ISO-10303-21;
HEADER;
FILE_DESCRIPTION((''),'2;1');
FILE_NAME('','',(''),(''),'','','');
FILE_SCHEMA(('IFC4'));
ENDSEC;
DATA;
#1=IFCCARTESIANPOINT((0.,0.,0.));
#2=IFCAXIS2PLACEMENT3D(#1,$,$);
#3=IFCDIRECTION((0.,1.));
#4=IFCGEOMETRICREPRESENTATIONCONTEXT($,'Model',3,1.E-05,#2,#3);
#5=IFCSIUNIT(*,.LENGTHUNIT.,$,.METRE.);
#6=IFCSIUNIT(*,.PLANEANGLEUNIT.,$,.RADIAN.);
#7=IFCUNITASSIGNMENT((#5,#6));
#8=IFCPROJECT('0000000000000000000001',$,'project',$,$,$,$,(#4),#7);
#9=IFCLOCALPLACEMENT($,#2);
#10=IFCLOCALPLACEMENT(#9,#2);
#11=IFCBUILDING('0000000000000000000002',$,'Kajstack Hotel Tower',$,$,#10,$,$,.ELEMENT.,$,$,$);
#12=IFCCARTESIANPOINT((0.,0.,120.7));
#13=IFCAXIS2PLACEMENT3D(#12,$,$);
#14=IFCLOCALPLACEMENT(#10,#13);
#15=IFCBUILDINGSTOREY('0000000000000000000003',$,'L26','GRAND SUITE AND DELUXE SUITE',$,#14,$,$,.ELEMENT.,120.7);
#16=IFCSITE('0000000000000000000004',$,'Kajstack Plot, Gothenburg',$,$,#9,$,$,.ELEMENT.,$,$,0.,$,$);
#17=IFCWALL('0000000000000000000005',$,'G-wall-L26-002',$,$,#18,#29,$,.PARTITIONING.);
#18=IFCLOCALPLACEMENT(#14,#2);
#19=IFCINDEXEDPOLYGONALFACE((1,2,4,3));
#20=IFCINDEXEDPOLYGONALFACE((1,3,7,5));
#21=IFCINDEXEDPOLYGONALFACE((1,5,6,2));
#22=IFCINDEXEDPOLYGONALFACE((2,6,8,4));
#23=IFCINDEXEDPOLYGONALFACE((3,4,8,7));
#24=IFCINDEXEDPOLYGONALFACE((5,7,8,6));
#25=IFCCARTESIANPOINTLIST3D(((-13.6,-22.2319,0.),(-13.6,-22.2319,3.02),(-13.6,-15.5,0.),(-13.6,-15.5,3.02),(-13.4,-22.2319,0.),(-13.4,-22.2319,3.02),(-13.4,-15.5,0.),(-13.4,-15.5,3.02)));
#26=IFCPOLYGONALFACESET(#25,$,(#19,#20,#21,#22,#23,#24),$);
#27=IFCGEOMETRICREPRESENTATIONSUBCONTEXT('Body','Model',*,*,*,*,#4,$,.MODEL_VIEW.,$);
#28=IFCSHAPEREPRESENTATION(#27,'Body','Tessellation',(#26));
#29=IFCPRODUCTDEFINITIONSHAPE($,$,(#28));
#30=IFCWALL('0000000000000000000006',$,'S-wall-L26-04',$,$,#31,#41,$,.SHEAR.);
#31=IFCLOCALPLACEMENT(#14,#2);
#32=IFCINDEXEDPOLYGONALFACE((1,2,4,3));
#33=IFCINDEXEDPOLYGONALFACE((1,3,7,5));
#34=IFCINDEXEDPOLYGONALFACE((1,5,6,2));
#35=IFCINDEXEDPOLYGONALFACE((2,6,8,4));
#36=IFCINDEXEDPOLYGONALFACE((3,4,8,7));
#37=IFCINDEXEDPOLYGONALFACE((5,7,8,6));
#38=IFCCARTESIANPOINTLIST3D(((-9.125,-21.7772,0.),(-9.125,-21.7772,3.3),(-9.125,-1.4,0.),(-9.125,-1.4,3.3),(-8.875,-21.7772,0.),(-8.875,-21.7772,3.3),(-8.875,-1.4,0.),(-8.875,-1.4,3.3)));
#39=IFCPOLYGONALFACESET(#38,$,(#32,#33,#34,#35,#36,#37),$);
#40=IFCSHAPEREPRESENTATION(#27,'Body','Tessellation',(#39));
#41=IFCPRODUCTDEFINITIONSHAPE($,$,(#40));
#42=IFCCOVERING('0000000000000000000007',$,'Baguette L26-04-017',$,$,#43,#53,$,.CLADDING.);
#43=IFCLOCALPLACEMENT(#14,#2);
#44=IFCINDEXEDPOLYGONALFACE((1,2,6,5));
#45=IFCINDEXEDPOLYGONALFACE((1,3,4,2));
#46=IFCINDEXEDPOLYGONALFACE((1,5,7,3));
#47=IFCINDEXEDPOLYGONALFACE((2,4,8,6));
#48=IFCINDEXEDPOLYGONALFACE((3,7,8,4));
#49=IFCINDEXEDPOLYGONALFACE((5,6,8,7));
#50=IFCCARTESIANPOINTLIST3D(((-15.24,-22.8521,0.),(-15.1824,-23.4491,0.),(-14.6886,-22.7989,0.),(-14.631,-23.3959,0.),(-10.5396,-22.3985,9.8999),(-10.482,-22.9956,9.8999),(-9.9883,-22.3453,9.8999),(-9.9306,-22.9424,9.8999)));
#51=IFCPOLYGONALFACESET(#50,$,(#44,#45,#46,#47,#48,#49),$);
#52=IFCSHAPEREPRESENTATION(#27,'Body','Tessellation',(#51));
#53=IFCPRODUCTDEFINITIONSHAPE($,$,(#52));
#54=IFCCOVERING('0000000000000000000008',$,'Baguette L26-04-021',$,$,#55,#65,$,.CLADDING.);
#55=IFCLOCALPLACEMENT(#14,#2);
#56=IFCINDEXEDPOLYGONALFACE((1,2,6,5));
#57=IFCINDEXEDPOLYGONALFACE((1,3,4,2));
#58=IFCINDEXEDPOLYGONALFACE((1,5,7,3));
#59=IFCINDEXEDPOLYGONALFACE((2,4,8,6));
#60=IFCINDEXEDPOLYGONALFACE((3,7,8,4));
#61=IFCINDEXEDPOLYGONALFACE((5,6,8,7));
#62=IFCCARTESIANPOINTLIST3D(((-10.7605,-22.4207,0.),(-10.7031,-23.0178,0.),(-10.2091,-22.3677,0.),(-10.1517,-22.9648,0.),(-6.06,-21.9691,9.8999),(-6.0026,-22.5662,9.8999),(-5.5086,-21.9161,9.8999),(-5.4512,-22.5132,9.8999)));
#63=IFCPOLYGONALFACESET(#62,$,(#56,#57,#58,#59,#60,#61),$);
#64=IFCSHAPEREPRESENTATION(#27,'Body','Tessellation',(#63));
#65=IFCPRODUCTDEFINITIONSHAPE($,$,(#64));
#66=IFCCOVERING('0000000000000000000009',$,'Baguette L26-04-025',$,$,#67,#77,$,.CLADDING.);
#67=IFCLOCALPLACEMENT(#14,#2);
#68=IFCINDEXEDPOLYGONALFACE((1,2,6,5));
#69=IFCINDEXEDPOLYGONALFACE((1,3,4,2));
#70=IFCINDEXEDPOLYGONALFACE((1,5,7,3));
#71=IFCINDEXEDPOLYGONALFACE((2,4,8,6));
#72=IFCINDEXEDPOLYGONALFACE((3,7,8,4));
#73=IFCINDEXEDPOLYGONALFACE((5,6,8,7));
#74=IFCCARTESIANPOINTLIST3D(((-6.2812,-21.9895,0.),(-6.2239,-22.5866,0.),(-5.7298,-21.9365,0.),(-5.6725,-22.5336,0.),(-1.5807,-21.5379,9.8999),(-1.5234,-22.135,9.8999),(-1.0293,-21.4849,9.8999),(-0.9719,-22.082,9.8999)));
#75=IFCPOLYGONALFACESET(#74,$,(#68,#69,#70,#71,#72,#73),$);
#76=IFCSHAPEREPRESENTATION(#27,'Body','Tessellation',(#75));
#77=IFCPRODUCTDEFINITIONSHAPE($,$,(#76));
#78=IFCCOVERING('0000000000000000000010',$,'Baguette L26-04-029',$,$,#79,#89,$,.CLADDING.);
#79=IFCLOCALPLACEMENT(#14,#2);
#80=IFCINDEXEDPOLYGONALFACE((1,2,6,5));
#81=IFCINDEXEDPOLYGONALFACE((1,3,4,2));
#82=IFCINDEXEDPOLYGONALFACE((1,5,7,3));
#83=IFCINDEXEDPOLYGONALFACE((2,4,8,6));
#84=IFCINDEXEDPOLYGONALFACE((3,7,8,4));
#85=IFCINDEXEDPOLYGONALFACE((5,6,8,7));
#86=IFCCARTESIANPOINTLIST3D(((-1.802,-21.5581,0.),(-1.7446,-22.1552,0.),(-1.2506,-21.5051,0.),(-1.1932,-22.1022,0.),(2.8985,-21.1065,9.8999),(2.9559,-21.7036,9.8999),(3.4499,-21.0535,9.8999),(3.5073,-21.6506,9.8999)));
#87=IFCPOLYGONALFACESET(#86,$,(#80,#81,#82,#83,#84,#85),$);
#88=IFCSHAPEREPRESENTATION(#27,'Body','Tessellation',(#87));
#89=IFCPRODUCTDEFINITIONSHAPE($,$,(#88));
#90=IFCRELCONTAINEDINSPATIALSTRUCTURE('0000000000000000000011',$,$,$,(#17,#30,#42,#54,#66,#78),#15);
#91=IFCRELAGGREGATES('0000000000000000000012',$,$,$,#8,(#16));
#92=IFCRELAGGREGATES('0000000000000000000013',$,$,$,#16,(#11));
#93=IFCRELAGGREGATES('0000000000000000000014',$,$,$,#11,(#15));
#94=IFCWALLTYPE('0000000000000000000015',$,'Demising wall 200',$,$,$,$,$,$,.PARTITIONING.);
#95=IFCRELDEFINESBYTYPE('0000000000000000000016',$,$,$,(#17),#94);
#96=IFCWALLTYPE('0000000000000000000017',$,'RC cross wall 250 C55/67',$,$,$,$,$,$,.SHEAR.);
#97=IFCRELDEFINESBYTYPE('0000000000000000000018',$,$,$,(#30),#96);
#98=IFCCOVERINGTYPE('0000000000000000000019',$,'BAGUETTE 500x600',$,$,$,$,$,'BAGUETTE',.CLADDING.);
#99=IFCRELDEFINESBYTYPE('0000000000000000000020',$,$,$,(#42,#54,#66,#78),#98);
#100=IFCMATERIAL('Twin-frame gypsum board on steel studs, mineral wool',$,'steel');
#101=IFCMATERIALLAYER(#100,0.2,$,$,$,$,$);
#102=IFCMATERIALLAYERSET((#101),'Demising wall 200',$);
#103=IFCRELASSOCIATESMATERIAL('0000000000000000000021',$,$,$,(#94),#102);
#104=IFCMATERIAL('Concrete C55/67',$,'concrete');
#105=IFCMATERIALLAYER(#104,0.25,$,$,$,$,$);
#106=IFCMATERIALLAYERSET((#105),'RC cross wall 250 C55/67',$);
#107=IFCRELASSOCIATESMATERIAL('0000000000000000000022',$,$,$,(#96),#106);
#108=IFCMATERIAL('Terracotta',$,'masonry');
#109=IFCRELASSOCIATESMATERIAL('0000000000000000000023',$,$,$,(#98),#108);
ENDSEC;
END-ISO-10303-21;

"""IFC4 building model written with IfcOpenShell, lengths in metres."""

from ifc_helpers import new_model, si_unit, direction, frame, frame_2d, origin, origin_2d, place, context, subcontext, project, spatial, polyline, rectangle, outline, extrude, material, layer, layer_set, material_profile, profile_set, type_object, element, save


model = new_model("IFC4")

# Units and contexts
model_context = context("Model", 3, precision=1e-05, world=origin(), true_north=direction((0.0, 1.0)))
body_context = subcontext(model_context, "Body", "Model", "MODEL_VIEW")
ifc_project = project(units=[si_unit("LENGTHUNIT", "METRE"), si_unit("PLANEANGLEUNIT", "RADIAN")], contexts=[model_context])

# Site, building, storey
site_placement = place(None, origin())
site = spatial("IfcSite", under=ifc_project, at=site_placement, Name="Kajstack Plot, Gothenburg", CompositionType="ELEMENT", RefElevation=0.0)
building_placement = place(site_placement, origin())
building = spatial("IfcBuilding", under=site, at=building_placement, Name="Kajstack Hotel Tower", CompositionType="ELEMENT")
storey_placement = place(building_placement, frame((0.0, 0.0, 120.7)))
storey = spatial("IfcBuildingStorey", under=building, at=storey_placement, Name="L26", Description="GRAND SUITE AND DELUXE SUITE", CompositionType="ELEMENT", Elevation=120.7)

# Wall
ifc_material_1 = material(Name="Twin-frame gypsum board on steel studs, mineral wool", Category="steel")
ifc_layer_1 = layer(ifc_material_1, 0.2)
ifc_layer_set_1 = layer_set([ifc_layer_1], Name="Demising wall 200")
wall_type_1 = type_object("IfcWallType", Name="Demising wall 200", PredefinedType="PARTITIONING", material=ifc_layer_set_1)
wall_1_placement = place(storey_placement, frame((-13.5, -22.2319, 0.0), z_axis=(0.0, 0.0, 1.0), x_axis=(0.0, 1.0, 0.0)))
element("IfcWall", 1, at=wall_1_placement, inside=storey, type_object=wall_type_1, Name="G-wall-L26-002", PredefinedType="PARTITIONING", context=body_context, shape_type="SweptSolid", body=[
    extrude(rectangle(XDim=6.7319, YDim=0.2, at=frame_2d((3.366, 0.0))), origin(), (0.0, 0.0, 1.0), 3.02),
])

# Wall
ifc_material_2 = material(Name="Concrete C55/67", Category="concrete")
ifc_layer_2 = layer(ifc_material_2, 0.25)
ifc_layer_set_2 = layer_set([ifc_layer_2], Name="RC cross wall 250 C55/67")
wall_type_2 = type_object("IfcWallType", Name="RC cross wall 250 C55/67", PredefinedType="SHEAR", material=ifc_layer_set_2)
wall_2_placement = place(storey_placement, frame((-9.0, -21.7771, 0.0), z_axis=(0.0, 0.0, 1.0), x_axis=(0.0, 1.0, 0.0)))
element("IfcWall", 2, at=wall_2_placement, inside=storey, type_object=wall_type_2, Name="S-wall-L26-04", PredefinedType="SHEAR", context=body_context, shape_type="SweptSolid", body=[
    extrude(rectangle(XDim=20.3772, YDim=0.25, at=frame_2d((10.1885, 0.0))), origin(), (0.0, 0.0, 1.0), 3.3),
])

# Coverings
ifc_material_3 = material(Name="Terracotta", Category="masonry")
ifc_material_profile = material_profile(ifc_material_3, rectangle(XDim=0.6001, YDim=0.5, at=origin_2d()), Name="Terracotta-clad concrete baguette 500 x 600")
ifc_profile_set = profile_set([ifc_material_profile], Name="Terracotta")
covering_type = type_object("IfcCoveringType", Name="BAGUETTE 500x600", ElementType="BAGUETTE", PredefinedType="CLADDING", material=ifc_profile_set)
for number, where, z_axis, x_axis, name in (
    (3, (-15.24, -22.8521, 0.0), (0.096038, -0.995378, 0.0), (0.995378, 0.096038, 0.0), "Baguette L26-04-017"),
    (4, (-10.7605, -22.4207, 0.0), (0.095635, -0.995416, 0.0), (0.995416, 0.095635, 0.0), "Baguette L26-04-021"),
    (5, (-6.2812, -21.9895, 0.0), (0.095635, -0.995416, 0.0), (0.995416, 0.095635, 0.0), "Baguette L26-04-025"),
    (6, (-1.802, -21.5581, 0.0), (0.095635, -0.995416, 0.0), (0.995416, 0.095635, 0.0), "Baguette L26-04-029"),
):
    element("IfcCovering", number, at=place(storey_placement, frame(where, z_axis=z_axis, x_axis=x_axis)), inside=storey, type_object=covering_type, Name=name, PredefinedType="CLADDING", context=body_context, shape_type="SweptSolid", body=[
        extrude(outline(polyline([(4.7222, 9.8999), (0.0, 0.0), (0.554, 0.0), (5.2761, 9.8999), (4.7222, 9.8999)])), origin(), (0.0, 0.0, 1.0), 0.5999),
    ])

save(model, "model.ifc")
